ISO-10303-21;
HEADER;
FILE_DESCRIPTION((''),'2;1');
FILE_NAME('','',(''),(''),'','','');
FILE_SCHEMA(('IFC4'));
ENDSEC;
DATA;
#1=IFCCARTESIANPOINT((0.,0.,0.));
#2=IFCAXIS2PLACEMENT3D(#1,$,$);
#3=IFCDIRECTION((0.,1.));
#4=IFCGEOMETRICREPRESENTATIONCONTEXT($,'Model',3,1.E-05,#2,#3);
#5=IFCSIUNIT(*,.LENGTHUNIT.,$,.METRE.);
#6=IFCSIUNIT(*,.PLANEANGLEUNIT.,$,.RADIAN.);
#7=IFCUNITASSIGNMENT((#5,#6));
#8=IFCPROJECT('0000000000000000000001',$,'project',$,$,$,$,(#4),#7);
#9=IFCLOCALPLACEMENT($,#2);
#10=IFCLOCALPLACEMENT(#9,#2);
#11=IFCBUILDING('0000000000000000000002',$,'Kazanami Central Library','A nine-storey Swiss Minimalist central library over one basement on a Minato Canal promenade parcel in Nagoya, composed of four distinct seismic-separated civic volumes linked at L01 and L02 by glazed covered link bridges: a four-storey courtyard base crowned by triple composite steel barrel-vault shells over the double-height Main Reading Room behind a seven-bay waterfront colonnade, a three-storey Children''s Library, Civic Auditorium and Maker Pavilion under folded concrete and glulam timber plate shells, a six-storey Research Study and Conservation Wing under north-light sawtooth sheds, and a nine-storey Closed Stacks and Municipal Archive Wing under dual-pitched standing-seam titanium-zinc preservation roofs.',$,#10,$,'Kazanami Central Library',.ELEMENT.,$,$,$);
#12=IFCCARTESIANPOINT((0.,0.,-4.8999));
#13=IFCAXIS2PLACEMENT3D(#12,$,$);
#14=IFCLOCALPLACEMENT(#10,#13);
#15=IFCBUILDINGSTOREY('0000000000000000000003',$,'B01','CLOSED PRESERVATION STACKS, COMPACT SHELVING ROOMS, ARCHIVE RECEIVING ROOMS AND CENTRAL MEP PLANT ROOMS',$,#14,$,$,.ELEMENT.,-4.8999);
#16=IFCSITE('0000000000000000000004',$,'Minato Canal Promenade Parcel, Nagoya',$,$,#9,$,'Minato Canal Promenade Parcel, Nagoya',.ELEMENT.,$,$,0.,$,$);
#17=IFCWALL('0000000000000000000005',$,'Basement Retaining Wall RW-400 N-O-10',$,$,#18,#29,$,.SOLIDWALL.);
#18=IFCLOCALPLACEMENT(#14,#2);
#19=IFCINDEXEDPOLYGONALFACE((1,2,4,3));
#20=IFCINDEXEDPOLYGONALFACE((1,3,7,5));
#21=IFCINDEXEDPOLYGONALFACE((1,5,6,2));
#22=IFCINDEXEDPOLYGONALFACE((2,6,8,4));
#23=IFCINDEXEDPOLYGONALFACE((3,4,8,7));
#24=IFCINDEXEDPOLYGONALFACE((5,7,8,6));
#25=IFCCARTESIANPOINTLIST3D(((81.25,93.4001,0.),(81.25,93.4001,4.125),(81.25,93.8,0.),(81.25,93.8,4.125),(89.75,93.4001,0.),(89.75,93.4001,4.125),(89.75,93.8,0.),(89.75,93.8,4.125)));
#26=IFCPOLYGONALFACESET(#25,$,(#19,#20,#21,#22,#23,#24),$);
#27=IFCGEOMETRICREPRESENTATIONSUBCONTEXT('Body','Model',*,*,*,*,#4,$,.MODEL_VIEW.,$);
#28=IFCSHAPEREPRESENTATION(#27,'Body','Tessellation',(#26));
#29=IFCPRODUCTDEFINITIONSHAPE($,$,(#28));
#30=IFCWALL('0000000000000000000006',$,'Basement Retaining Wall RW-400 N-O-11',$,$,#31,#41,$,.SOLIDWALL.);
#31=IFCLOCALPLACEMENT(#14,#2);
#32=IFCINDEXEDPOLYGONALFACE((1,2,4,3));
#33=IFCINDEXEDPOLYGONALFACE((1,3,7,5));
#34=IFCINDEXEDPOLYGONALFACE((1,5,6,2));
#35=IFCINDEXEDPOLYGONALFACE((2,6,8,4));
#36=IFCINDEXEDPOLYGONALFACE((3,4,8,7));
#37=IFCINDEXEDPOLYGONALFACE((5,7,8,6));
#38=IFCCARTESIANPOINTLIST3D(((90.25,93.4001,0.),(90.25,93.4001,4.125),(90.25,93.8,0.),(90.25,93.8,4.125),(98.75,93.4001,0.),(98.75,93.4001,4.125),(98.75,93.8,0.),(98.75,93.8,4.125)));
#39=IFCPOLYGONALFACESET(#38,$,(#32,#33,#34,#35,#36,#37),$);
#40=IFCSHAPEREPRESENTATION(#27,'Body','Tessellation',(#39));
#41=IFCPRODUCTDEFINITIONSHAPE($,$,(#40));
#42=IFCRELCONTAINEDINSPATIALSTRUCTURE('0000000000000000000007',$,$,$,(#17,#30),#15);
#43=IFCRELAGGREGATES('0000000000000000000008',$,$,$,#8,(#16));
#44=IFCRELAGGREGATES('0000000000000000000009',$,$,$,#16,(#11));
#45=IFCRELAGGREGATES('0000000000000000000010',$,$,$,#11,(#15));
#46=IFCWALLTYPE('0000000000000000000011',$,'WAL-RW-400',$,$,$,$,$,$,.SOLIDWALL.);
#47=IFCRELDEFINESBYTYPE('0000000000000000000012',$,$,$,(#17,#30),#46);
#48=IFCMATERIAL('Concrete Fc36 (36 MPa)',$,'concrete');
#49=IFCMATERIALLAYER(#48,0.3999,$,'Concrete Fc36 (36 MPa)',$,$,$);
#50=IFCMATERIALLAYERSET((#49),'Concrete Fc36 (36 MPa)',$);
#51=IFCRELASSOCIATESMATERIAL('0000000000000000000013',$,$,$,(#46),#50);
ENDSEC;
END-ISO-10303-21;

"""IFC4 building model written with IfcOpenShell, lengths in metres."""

from ifc_helpers import new_model, si_unit, direction, frame, frame_2d, origin, place, context, subcontext, project, spatial, rectangle, extrude, material, layer, layer_set, type_object, element, save


model = new_model("IFC4")

# Units and contexts
model_context = context("Model", 3, precision=1e-05, world=origin(), true_north=direction((0.0, 1.0)))
body_context = subcontext(model_context, "Body", "Model", "MODEL_VIEW")
ifc_project = project(units=[si_unit("LENGTHUNIT", "METRE"), si_unit("PLANEANGLEUNIT", "RADIAN")], contexts=[model_context])

# Site, building, storey
site_placement = place(None, origin())
site = spatial("IfcSite", under=ifc_project, at=site_placement, Name="Minato Canal Promenade Parcel, Nagoya", LongName="Minato Canal Promenade Parcel, Nagoya", CompositionType="ELEMENT", RefElevation=0.0)
building_placement = place(site_placement, origin())
building = spatial("IfcBuilding", under=site, at=building_placement, Name="Kazanami Central Library", Description="A nine-storey Swiss Minimalist central library over one basement on a Minato Canal promenade parcel in Nagoya, composed of four distinct seismic-separated civic volumes linked at L01 and L02 by glazed covered link bridges: a four-storey courtyard base crowned by triple composite steel barrel-vault shells over the double-height Main Reading Room behind a seven-bay waterfront colonnade, a three-storey Children's Library, Civic Auditorium and Maker Pavilion under folded concrete and glulam timber plate shells, a six-storey Research Study and Conservation Wing under north-light sawtooth sheds, and a nine-storey Closed Stacks and Municipal Archive Wing under dual-pitched standing-seam titanium-zinc preservation roofs.", LongName="Kazanami Central Library", CompositionType="ELEMENT")
storey_placement = place(building_placement, frame((0.0, 0.0, -4.8999)))
storey = spatial("IfcBuildingStorey", under=building, at=storey_placement, Name="B01", Description="CLOSED PRESERVATION STACKS, COMPACT SHELVING ROOMS, ARCHIVE RECEIVING ROOMS AND CENTRAL MEP PLANT ROOMS", CompositionType="ELEMENT", Elevation=-4.8999)

# Shared definitions
ifc_material_1 = material(Name="Concrete Fc36 (36 MPa)", Category="concrete")

# Walls
ifc_layer = layer(ifc_material_1, 0.3999, Name="Concrete Fc36 (36 MPa)")
ifc_layer_set = layer_set([ifc_layer], Name="Concrete Fc36 (36 MPa)")
wall_type = type_object("IfcWallType", Name="WAL-RW-400", PredefinedType="SOLIDWALL", material=ifc_layer_set)
for number, where, z_axis, x_axis, name in (
    (1, (89.75, 93.6001, 0.0), (0.0, 0.0, 1.0), (-1.0, 0.0, 0.0), "Basement Retaining Wall RW-400 N-O-10"),
    (2, (98.75, 93.6001, 0.0), (0.0, 0.0, 1.0), (-1.0, 0.0, 0.0), "Basement Retaining Wall RW-400 N-O-11"),
):
    element("IfcWall", number, at=place(storey_placement, frame(where, z_axis=z_axis, x_axis=x_axis)), inside=storey, type_object=wall_type, Name=name, PredefinedType="SOLIDWALL", context=body_context, shape_type="SweptSolid", body=[
        extrude(rectangle(XDim=8.5, YDim=0.3999, at=frame_2d((4.25, 0.0))), origin(), (0.0, 0.0, 1.0), 4.125),
    ])

save(model, "model.ifc")
